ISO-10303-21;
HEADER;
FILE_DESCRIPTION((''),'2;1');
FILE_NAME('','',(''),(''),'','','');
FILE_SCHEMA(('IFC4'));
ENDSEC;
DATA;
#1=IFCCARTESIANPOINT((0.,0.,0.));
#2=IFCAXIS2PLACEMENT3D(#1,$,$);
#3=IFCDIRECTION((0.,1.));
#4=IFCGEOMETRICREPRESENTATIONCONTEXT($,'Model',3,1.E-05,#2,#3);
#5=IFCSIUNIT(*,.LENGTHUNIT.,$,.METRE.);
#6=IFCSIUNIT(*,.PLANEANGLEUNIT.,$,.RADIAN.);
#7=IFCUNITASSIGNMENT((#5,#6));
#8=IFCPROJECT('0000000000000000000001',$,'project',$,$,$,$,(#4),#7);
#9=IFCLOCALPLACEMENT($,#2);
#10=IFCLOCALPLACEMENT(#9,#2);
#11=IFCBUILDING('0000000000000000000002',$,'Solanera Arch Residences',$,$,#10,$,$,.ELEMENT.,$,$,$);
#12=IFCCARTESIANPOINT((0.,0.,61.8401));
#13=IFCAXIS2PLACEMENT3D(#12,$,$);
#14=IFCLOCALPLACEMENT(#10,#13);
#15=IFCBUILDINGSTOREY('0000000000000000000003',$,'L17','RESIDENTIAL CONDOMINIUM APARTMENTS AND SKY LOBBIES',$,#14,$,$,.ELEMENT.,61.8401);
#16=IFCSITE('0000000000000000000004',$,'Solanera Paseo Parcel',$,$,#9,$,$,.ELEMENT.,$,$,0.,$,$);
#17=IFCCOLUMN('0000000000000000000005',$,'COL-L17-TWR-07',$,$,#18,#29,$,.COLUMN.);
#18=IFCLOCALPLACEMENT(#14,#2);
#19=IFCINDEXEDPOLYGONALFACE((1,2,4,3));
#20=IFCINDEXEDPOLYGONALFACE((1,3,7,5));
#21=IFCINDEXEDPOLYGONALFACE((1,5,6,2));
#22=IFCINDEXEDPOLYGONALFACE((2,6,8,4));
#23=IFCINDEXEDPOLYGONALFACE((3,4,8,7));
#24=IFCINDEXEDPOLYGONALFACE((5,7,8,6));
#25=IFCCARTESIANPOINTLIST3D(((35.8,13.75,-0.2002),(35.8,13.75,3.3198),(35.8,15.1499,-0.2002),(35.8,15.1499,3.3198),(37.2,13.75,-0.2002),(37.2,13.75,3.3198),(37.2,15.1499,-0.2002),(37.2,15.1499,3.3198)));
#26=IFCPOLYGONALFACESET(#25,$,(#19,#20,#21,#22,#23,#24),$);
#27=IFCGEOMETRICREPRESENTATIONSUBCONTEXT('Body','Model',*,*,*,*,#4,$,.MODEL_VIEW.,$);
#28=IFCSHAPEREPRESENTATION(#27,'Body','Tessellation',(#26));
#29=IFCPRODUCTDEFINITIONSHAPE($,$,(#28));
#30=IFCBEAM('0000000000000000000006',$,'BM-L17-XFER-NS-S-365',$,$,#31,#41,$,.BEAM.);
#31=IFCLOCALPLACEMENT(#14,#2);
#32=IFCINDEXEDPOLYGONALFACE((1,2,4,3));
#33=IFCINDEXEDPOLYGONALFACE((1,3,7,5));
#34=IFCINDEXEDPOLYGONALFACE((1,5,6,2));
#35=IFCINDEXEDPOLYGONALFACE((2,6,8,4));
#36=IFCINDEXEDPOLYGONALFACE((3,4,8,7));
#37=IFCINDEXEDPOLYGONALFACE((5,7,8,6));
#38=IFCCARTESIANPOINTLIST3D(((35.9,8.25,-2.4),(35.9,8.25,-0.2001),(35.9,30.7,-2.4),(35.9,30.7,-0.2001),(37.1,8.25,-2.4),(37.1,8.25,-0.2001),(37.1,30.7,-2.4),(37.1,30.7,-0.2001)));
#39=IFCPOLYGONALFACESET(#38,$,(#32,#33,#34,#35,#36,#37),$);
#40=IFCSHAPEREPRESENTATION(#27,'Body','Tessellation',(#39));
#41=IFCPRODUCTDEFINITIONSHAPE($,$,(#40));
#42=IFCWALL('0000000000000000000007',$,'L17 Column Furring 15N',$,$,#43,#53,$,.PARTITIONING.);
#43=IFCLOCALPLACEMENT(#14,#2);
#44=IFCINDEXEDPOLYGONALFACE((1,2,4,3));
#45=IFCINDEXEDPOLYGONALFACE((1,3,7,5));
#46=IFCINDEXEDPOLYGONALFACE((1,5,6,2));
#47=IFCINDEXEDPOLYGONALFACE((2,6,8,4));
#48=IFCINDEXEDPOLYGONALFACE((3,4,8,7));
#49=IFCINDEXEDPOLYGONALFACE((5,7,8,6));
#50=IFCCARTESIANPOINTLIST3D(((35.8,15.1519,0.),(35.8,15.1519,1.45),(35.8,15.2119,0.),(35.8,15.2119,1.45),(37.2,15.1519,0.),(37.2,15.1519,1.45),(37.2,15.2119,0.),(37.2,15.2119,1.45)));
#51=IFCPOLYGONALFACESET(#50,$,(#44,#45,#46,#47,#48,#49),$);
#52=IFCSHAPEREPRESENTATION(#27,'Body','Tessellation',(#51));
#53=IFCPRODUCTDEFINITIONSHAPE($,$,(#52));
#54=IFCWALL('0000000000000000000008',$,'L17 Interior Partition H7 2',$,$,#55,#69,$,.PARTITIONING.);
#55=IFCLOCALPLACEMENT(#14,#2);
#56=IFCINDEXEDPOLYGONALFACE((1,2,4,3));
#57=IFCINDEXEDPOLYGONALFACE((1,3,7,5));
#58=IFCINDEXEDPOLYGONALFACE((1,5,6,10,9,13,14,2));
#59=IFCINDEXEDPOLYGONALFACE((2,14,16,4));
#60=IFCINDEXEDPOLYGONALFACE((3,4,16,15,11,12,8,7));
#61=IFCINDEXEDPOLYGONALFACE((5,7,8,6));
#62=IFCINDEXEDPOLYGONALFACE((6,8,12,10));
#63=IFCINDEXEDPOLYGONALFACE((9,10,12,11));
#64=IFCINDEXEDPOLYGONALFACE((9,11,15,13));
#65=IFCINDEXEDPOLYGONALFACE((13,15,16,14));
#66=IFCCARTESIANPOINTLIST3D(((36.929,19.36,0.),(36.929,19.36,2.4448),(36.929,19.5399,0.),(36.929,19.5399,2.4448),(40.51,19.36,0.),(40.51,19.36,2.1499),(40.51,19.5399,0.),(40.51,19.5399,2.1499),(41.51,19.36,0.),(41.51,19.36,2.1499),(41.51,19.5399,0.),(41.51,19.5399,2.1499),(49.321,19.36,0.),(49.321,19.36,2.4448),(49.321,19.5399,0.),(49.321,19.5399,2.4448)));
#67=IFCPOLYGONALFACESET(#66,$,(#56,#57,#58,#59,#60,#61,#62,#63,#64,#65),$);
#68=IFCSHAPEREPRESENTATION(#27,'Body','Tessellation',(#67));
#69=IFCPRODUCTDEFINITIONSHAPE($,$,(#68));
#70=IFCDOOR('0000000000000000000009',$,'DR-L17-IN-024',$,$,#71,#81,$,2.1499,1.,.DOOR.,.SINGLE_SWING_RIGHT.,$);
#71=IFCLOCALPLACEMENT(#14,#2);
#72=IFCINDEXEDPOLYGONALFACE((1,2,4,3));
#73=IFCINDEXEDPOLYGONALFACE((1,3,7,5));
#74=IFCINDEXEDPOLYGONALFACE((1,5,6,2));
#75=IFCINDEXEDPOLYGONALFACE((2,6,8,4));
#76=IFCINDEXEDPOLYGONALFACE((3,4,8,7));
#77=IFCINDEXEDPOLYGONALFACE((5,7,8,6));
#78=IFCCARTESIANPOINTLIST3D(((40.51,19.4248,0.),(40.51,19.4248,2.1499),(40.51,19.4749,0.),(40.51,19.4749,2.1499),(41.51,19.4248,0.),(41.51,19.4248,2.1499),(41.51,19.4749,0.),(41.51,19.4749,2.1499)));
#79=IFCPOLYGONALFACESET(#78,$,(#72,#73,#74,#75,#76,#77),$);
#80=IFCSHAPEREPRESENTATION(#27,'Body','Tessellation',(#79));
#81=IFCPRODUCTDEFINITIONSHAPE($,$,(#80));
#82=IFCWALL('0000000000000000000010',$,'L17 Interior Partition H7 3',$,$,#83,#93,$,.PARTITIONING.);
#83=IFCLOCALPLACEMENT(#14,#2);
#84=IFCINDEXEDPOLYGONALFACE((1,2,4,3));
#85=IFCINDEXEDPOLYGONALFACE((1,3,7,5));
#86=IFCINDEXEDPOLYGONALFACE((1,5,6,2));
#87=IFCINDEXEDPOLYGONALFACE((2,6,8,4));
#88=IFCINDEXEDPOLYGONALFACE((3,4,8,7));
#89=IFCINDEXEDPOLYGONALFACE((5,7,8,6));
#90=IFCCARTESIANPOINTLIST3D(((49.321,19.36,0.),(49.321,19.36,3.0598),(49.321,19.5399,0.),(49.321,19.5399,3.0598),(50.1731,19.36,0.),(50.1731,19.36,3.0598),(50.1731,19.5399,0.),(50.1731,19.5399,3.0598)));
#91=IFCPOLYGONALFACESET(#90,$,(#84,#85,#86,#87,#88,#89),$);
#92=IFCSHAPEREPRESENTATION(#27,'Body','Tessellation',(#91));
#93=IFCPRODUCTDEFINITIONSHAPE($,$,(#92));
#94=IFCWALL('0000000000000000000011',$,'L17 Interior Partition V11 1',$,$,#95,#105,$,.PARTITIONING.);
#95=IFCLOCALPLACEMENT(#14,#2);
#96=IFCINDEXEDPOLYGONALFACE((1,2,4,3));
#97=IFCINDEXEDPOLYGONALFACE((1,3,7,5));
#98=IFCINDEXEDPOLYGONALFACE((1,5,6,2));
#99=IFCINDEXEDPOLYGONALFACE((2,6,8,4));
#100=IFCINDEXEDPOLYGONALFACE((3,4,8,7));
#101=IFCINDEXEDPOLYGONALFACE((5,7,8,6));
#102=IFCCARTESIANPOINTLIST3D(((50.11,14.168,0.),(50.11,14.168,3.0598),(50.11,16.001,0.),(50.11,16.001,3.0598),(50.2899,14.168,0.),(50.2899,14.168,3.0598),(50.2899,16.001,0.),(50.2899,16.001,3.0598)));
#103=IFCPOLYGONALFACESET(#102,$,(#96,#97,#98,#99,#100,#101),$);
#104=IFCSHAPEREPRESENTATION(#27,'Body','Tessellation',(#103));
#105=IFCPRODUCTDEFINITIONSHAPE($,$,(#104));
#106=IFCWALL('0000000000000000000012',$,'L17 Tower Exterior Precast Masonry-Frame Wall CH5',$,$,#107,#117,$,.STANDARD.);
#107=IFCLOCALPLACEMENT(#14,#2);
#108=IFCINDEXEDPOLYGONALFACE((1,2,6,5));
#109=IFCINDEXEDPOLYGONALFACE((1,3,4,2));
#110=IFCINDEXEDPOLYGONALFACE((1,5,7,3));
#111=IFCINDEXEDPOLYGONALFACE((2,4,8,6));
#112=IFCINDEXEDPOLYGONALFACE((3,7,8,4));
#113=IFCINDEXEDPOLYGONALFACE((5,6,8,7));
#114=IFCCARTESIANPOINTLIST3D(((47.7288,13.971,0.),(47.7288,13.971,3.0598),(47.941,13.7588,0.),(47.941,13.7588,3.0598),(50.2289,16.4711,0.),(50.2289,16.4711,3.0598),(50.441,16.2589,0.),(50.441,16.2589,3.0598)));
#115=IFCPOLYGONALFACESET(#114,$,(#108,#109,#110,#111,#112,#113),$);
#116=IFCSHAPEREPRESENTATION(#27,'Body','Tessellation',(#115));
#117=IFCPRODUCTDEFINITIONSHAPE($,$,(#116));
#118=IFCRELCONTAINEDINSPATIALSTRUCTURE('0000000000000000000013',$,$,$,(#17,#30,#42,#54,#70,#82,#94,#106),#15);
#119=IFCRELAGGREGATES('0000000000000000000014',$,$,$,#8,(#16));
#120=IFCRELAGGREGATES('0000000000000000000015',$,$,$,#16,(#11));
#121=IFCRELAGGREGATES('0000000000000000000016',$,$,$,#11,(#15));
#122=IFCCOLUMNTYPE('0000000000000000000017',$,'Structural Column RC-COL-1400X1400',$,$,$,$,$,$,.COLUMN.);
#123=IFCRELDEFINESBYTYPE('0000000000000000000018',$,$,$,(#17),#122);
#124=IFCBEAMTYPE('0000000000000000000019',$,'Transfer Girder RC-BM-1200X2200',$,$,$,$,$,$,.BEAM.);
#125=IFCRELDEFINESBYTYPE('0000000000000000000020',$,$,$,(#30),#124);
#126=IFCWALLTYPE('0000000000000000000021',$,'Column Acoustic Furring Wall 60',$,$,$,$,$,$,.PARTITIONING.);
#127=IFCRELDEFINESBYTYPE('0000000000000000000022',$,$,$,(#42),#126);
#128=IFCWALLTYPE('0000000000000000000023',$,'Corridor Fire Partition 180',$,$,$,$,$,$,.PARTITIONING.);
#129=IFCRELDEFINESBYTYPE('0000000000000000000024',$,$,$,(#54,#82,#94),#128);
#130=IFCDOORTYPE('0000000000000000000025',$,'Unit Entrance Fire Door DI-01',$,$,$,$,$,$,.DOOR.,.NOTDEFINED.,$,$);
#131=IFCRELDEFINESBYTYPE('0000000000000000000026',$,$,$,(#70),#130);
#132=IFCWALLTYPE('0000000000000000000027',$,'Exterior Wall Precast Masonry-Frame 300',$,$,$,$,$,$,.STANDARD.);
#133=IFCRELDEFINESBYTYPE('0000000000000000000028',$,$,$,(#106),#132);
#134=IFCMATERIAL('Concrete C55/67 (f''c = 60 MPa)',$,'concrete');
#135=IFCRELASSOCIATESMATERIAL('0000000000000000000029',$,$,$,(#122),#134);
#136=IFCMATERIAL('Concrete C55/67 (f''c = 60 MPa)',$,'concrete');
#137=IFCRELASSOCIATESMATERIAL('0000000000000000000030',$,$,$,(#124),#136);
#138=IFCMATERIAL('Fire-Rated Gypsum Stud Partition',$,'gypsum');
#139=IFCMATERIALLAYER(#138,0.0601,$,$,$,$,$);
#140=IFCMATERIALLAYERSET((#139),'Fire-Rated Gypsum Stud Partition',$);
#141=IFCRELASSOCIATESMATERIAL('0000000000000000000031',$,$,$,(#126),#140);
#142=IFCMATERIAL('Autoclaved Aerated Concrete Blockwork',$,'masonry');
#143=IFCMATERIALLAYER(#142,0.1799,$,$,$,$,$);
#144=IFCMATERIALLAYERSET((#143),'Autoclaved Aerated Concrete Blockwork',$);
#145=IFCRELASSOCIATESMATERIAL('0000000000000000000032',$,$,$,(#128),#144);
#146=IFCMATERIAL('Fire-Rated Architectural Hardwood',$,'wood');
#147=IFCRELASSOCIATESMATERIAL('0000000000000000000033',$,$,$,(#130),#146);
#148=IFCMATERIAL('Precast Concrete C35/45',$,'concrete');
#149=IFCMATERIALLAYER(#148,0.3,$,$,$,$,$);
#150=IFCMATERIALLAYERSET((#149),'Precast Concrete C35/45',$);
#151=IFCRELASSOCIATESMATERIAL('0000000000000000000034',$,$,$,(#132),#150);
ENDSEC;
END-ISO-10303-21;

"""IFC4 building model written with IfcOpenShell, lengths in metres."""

from ifc_helpers import new_model, si_unit, direction, frame, frame_2d, origin, origin_2d, place, context, subcontext, project, spatial, rectangle, extrude, material, layer, layer_set, material_profile, profile_set, type_object, element, fill, save


model = new_model("IFC4")

# Units and contexts
model_context = context("Model", 3, precision=1e-05, world=origin(), true_north=direction((0.0, 1.0)))
body_context = subcontext(model_context, "Body", "Model", "MODEL_VIEW")
ifc_project = project(units=[si_unit("LENGTHUNIT", "METRE"), si_unit("PLANEANGLEUNIT", "RADIAN")], contexts=[model_context])

# Site, building, storey
site_placement = place(None, origin())
site = spatial("IfcSite", under=ifc_project, at=site_placement, Name="Solanera Paseo Parcel", CompositionType="ELEMENT", RefElevation=0.0)
building_placement = place(site_placement, origin())
building = spatial("IfcBuilding", under=site, at=building_placement, Name="Solanera Arch Residences", CompositionType="ELEMENT")
storey_placement = place(building_placement, frame((0.0, 0.0, 61.8401)))
storey = spatial("IfcBuildingStorey", under=building, at=storey_placement, Name="L17", Description="RESIDENTIAL CONDOMINIUM APARTMENTS AND SKY LOBBIES", CompositionType="ELEMENT", Elevation=61.8401)

# Column
ifc_material_1 = material(Name="Concrete C55/67 (f'c = 60 MPa)", Category="concrete")
ifc_material_profile_1 = material_profile(ifc_material_1, rectangle(XDim=1.3999, YDim=1.3999, at=origin_2d()))
ifc_profile_set_1 = profile_set([ifc_material_profile_1], Name="Concrete C55/67 (f'c = 60 MPa)")
column_type = type_object("IfcColumnType", Name="Structural Column RC-COL-1400X1400", PredefinedType="COLUMN", material=ifc_profile_set_1)
column_placement = place(storey_placement, frame((36.5, 14.45, -0.2002), z_axis=(0.0, 0.0, 1.0), x_axis=(1.0, 0.0, 0.0)))
element("IfcColumn", 1, at=column_placement, inside=storey, type_object=column_type, Name="COL-L17-TWR-07", PredefinedType="COLUMN", context=body_context, shape_type="SweptSolid", body=[
    extrude(rectangle(XDim=1.3999, YDim=1.3999, at=origin_2d()), origin(), (0.0, 0.0, 1.0), 3.52),
])

# Beam
ifc_material_2 = material(Name="Concrete C55/67 (f'c = 60 MPa)", Category="concrete")
ifc_material_profile_2 = material_profile(ifc_material_2, rectangle(XDim=1.2, YDim=2.2, at=origin_2d()))
ifc_profile_set_2 = profile_set([ifc_material_profile_2], Name="Concrete C55/67 (f'c = 60 MPa)")
beam_type = type_object("IfcBeamType", Name="Transfer Girder RC-BM-1200X2200", PredefinedType="BEAM", material=ifc_profile_set_2)
beam_placement = place(storey_placement, frame((36.5, 8.25, -1.3), z_axis=(0.0, 1.0, 0.0), x_axis=(-1.0, 0.0, 0.0)))
element("IfcBeam", 2, at=beam_placement, inside=storey, type_object=beam_type, Name="BM-L17-XFER-NS-S-365", PredefinedType="BEAM", context=body_context, shape_type="SweptSolid", body=[
    extrude(rectangle(XDim=1.2, YDim=2.2, at=origin_2d()), origin(), (0.0, 0.0, 1.0), 22.45),
])

# Wall
ifc_material_3 = material(Name="Fire-Rated Gypsum Stud Partition", Category="gypsum")
ifc_layer_1 = layer(ifc_material_3, 0.0601)
ifc_layer_set_1 = layer_set([ifc_layer_1], Name="Fire-Rated Gypsum Stud Partition")
wall_type_1 = type_object("IfcWallType", Name="Column Acoustic Furring Wall 60", PredefinedType="PARTITIONING", material=ifc_layer_set_1)
wall_1_placement = place(storey_placement, frame((35.8, 15.1819, 0.0), z_axis=(0.0, 0.0, 1.0), x_axis=(1.0, 0.0, 0.0)))
element("IfcWall", 3, at=wall_1_placement, inside=storey, type_object=wall_type_1, Name="L17 Column Furring 15N", PredefinedType="PARTITIONING", context=body_context, shape_type="SweptSolid", body=[
    extrude(rectangle(XDim=1.3999, YDim=0.0601, at=frame_2d((0.7, 0.0))), origin(), (0.0, 0.0, 1.0), 1.45),
])

# Wall, opening, door
ifc_material_4 = material(Name="Autoclaved Aerated Concrete Blockwork", Category="masonry")
ifc_layer_2 = layer(ifc_material_4, 0.1799)
ifc_layer_set_2 = layer_set([ifc_layer_2], Name="Autoclaved Aerated Concrete Blockwork")
wall_type_2 = type_object("IfcWallType", Name="Corridor Fire Partition 180", PredefinedType="PARTITIONING", material=ifc_layer_set_2)
wall_2_placement = place(storey_placement, frame((36.929, 19.45, 0.0), z_axis=(0.0, 0.0, 1.0), x_axis=(1.0, 0.0, 0.0)))
wall_2 = element("IfcWall", 4, at=wall_2_placement, inside=storey, type_object=wall_type_2, Name="L17 Interior Partition H7 2", PredefinedType="PARTITIONING", context=body_context, shape_type="SweptSolid", body=[
    extrude(rectangle(XDim=12.3921, YDim=0.1799, at=frame_2d((6.196, 0.0))), origin(), (0.0, 0.0, 1.0), 2.4448),
])
opening_1_placement = place(wall_2_placement, frame((3.5811, 0.0, 0.0)))
opening_1 = element("IfcOpeningElement", 5, at=opening_1_placement, cuts=wall_2, PredefinedType="OPENING", context=body_context, shape_type="SweptSolid", body=[
    extrude(rectangle(XDim=1.0, YDim=2.1499, at=frame_2d((0.5, 1.075))), frame((0.0, 0.1001, 0.0), z_axis=(0.0, -1.0, 0.0), x_axis=(1.0, 0.0, 0.0)), (0.0, 0.0, 1.0), 0.1999),
])
ifc_material_5 = material(Name="Fire-Rated Architectural Hardwood", Category="wood")
door_type_1 = type_object("IfcDoorType", Name="Unit Entrance Fire Door DI-01", OperationType="NOTDEFINED", PredefinedType="DOOR", material=ifc_material_5)
door_1_placement = place(opening_1_placement, origin())
door_1 = element("IfcDoor", 6, at=door_1_placement, inside=storey, type_object=door_type_1, Name="DR-L17-IN-024", OperationType="SINGLE_SWING_RIGHT", OverallHeight=2.1499, OverallWidth=1.0, PredefinedType="DOOR", context=body_context, shape_type="SweptSolid", body=[
    extrude(rectangle(XDim=1.0, YDim=2.1499, at=frame_2d((0.5, 1.075))), frame((0.0, 0.0249, 0.0), z_axis=(0.0, -1.0, 0.0), x_axis=(1.0, 0.0, 0.0)), (0.0, 0.0, 1.0), 0.05),
])
fill(opening_1, door_1)

# Walls
wall_3_placement = place(storey_placement, frame((49.321, 19.45, 0.0), z_axis=(0.0, 0.0, 1.0), x_axis=(1.0, 0.0, 0.0)))
element("IfcWall", 7, at=wall_3_placement, inside=storey, type_object=wall_type_2, Name="L17 Interior Partition H7 3", PredefinedType="PARTITIONING", context=body_context, shape_type="SweptSolid", body=[
    extrude(rectangle(XDim=0.8521, YDim=0.1799, at=frame_2d((0.426, 0.0))), origin(), (0.0, 0.0, 1.0), 3.0598),
])
wall_4_placement = place(storey_placement, frame((50.2, 14.168, 0.0), z_axis=(0.0, 0.0, 1.0), x_axis=(0.0, 1.0, 0.0)))
element("IfcWall", 8, at=wall_4_placement, inside=storey, type_object=wall_type_2, Name="L17 Interior Partition V11 1", PredefinedType="PARTITIONING", context=body_context, shape_type="SweptSolid", body=[
    extrude(rectangle(XDim=1.833, YDim=0.1799, at=frame_2d((0.9165, 0.0))), origin(), (0.0, 0.0, 1.0), 3.0598),
])
ifc_material_6 = material(Name="Precast Concrete C35/45", Category="concrete")
ifc_layer_3 = layer(ifc_material_6, 0.3)
ifc_layer_set_3 = layer_set([ifc_layer_3], Name="Precast Concrete C35/45")
wall_type_3 = type_object("IfcWallType", Name="Exterior Wall Precast Masonry-Frame 300", PredefinedType="STANDARD", material=ifc_layer_set_3)
wall_5_placement = place(storey_placement, frame((50.335, 16.365, 0.0), z_axis=(0.0, 0.0, 1.0), x_axis=(-0.707107, -0.707107, 0.0)))
element("IfcWall", 9, at=wall_5_placement, inside=storey, type_object=wall_type_3, Name="L17 Tower Exterior Precast Masonry-Frame Wall CH5", PredefinedType="STANDARD", context=body_context, shape_type="SweptSolid", body=[
    extrude(rectangle(XDim=3.5356, YDim=0.3, at=frame_2d((1.7678, 0.0))), origin(), (0.0, 0.0, 1.0), 3.0598),
])

save(model, "model.ifc")
